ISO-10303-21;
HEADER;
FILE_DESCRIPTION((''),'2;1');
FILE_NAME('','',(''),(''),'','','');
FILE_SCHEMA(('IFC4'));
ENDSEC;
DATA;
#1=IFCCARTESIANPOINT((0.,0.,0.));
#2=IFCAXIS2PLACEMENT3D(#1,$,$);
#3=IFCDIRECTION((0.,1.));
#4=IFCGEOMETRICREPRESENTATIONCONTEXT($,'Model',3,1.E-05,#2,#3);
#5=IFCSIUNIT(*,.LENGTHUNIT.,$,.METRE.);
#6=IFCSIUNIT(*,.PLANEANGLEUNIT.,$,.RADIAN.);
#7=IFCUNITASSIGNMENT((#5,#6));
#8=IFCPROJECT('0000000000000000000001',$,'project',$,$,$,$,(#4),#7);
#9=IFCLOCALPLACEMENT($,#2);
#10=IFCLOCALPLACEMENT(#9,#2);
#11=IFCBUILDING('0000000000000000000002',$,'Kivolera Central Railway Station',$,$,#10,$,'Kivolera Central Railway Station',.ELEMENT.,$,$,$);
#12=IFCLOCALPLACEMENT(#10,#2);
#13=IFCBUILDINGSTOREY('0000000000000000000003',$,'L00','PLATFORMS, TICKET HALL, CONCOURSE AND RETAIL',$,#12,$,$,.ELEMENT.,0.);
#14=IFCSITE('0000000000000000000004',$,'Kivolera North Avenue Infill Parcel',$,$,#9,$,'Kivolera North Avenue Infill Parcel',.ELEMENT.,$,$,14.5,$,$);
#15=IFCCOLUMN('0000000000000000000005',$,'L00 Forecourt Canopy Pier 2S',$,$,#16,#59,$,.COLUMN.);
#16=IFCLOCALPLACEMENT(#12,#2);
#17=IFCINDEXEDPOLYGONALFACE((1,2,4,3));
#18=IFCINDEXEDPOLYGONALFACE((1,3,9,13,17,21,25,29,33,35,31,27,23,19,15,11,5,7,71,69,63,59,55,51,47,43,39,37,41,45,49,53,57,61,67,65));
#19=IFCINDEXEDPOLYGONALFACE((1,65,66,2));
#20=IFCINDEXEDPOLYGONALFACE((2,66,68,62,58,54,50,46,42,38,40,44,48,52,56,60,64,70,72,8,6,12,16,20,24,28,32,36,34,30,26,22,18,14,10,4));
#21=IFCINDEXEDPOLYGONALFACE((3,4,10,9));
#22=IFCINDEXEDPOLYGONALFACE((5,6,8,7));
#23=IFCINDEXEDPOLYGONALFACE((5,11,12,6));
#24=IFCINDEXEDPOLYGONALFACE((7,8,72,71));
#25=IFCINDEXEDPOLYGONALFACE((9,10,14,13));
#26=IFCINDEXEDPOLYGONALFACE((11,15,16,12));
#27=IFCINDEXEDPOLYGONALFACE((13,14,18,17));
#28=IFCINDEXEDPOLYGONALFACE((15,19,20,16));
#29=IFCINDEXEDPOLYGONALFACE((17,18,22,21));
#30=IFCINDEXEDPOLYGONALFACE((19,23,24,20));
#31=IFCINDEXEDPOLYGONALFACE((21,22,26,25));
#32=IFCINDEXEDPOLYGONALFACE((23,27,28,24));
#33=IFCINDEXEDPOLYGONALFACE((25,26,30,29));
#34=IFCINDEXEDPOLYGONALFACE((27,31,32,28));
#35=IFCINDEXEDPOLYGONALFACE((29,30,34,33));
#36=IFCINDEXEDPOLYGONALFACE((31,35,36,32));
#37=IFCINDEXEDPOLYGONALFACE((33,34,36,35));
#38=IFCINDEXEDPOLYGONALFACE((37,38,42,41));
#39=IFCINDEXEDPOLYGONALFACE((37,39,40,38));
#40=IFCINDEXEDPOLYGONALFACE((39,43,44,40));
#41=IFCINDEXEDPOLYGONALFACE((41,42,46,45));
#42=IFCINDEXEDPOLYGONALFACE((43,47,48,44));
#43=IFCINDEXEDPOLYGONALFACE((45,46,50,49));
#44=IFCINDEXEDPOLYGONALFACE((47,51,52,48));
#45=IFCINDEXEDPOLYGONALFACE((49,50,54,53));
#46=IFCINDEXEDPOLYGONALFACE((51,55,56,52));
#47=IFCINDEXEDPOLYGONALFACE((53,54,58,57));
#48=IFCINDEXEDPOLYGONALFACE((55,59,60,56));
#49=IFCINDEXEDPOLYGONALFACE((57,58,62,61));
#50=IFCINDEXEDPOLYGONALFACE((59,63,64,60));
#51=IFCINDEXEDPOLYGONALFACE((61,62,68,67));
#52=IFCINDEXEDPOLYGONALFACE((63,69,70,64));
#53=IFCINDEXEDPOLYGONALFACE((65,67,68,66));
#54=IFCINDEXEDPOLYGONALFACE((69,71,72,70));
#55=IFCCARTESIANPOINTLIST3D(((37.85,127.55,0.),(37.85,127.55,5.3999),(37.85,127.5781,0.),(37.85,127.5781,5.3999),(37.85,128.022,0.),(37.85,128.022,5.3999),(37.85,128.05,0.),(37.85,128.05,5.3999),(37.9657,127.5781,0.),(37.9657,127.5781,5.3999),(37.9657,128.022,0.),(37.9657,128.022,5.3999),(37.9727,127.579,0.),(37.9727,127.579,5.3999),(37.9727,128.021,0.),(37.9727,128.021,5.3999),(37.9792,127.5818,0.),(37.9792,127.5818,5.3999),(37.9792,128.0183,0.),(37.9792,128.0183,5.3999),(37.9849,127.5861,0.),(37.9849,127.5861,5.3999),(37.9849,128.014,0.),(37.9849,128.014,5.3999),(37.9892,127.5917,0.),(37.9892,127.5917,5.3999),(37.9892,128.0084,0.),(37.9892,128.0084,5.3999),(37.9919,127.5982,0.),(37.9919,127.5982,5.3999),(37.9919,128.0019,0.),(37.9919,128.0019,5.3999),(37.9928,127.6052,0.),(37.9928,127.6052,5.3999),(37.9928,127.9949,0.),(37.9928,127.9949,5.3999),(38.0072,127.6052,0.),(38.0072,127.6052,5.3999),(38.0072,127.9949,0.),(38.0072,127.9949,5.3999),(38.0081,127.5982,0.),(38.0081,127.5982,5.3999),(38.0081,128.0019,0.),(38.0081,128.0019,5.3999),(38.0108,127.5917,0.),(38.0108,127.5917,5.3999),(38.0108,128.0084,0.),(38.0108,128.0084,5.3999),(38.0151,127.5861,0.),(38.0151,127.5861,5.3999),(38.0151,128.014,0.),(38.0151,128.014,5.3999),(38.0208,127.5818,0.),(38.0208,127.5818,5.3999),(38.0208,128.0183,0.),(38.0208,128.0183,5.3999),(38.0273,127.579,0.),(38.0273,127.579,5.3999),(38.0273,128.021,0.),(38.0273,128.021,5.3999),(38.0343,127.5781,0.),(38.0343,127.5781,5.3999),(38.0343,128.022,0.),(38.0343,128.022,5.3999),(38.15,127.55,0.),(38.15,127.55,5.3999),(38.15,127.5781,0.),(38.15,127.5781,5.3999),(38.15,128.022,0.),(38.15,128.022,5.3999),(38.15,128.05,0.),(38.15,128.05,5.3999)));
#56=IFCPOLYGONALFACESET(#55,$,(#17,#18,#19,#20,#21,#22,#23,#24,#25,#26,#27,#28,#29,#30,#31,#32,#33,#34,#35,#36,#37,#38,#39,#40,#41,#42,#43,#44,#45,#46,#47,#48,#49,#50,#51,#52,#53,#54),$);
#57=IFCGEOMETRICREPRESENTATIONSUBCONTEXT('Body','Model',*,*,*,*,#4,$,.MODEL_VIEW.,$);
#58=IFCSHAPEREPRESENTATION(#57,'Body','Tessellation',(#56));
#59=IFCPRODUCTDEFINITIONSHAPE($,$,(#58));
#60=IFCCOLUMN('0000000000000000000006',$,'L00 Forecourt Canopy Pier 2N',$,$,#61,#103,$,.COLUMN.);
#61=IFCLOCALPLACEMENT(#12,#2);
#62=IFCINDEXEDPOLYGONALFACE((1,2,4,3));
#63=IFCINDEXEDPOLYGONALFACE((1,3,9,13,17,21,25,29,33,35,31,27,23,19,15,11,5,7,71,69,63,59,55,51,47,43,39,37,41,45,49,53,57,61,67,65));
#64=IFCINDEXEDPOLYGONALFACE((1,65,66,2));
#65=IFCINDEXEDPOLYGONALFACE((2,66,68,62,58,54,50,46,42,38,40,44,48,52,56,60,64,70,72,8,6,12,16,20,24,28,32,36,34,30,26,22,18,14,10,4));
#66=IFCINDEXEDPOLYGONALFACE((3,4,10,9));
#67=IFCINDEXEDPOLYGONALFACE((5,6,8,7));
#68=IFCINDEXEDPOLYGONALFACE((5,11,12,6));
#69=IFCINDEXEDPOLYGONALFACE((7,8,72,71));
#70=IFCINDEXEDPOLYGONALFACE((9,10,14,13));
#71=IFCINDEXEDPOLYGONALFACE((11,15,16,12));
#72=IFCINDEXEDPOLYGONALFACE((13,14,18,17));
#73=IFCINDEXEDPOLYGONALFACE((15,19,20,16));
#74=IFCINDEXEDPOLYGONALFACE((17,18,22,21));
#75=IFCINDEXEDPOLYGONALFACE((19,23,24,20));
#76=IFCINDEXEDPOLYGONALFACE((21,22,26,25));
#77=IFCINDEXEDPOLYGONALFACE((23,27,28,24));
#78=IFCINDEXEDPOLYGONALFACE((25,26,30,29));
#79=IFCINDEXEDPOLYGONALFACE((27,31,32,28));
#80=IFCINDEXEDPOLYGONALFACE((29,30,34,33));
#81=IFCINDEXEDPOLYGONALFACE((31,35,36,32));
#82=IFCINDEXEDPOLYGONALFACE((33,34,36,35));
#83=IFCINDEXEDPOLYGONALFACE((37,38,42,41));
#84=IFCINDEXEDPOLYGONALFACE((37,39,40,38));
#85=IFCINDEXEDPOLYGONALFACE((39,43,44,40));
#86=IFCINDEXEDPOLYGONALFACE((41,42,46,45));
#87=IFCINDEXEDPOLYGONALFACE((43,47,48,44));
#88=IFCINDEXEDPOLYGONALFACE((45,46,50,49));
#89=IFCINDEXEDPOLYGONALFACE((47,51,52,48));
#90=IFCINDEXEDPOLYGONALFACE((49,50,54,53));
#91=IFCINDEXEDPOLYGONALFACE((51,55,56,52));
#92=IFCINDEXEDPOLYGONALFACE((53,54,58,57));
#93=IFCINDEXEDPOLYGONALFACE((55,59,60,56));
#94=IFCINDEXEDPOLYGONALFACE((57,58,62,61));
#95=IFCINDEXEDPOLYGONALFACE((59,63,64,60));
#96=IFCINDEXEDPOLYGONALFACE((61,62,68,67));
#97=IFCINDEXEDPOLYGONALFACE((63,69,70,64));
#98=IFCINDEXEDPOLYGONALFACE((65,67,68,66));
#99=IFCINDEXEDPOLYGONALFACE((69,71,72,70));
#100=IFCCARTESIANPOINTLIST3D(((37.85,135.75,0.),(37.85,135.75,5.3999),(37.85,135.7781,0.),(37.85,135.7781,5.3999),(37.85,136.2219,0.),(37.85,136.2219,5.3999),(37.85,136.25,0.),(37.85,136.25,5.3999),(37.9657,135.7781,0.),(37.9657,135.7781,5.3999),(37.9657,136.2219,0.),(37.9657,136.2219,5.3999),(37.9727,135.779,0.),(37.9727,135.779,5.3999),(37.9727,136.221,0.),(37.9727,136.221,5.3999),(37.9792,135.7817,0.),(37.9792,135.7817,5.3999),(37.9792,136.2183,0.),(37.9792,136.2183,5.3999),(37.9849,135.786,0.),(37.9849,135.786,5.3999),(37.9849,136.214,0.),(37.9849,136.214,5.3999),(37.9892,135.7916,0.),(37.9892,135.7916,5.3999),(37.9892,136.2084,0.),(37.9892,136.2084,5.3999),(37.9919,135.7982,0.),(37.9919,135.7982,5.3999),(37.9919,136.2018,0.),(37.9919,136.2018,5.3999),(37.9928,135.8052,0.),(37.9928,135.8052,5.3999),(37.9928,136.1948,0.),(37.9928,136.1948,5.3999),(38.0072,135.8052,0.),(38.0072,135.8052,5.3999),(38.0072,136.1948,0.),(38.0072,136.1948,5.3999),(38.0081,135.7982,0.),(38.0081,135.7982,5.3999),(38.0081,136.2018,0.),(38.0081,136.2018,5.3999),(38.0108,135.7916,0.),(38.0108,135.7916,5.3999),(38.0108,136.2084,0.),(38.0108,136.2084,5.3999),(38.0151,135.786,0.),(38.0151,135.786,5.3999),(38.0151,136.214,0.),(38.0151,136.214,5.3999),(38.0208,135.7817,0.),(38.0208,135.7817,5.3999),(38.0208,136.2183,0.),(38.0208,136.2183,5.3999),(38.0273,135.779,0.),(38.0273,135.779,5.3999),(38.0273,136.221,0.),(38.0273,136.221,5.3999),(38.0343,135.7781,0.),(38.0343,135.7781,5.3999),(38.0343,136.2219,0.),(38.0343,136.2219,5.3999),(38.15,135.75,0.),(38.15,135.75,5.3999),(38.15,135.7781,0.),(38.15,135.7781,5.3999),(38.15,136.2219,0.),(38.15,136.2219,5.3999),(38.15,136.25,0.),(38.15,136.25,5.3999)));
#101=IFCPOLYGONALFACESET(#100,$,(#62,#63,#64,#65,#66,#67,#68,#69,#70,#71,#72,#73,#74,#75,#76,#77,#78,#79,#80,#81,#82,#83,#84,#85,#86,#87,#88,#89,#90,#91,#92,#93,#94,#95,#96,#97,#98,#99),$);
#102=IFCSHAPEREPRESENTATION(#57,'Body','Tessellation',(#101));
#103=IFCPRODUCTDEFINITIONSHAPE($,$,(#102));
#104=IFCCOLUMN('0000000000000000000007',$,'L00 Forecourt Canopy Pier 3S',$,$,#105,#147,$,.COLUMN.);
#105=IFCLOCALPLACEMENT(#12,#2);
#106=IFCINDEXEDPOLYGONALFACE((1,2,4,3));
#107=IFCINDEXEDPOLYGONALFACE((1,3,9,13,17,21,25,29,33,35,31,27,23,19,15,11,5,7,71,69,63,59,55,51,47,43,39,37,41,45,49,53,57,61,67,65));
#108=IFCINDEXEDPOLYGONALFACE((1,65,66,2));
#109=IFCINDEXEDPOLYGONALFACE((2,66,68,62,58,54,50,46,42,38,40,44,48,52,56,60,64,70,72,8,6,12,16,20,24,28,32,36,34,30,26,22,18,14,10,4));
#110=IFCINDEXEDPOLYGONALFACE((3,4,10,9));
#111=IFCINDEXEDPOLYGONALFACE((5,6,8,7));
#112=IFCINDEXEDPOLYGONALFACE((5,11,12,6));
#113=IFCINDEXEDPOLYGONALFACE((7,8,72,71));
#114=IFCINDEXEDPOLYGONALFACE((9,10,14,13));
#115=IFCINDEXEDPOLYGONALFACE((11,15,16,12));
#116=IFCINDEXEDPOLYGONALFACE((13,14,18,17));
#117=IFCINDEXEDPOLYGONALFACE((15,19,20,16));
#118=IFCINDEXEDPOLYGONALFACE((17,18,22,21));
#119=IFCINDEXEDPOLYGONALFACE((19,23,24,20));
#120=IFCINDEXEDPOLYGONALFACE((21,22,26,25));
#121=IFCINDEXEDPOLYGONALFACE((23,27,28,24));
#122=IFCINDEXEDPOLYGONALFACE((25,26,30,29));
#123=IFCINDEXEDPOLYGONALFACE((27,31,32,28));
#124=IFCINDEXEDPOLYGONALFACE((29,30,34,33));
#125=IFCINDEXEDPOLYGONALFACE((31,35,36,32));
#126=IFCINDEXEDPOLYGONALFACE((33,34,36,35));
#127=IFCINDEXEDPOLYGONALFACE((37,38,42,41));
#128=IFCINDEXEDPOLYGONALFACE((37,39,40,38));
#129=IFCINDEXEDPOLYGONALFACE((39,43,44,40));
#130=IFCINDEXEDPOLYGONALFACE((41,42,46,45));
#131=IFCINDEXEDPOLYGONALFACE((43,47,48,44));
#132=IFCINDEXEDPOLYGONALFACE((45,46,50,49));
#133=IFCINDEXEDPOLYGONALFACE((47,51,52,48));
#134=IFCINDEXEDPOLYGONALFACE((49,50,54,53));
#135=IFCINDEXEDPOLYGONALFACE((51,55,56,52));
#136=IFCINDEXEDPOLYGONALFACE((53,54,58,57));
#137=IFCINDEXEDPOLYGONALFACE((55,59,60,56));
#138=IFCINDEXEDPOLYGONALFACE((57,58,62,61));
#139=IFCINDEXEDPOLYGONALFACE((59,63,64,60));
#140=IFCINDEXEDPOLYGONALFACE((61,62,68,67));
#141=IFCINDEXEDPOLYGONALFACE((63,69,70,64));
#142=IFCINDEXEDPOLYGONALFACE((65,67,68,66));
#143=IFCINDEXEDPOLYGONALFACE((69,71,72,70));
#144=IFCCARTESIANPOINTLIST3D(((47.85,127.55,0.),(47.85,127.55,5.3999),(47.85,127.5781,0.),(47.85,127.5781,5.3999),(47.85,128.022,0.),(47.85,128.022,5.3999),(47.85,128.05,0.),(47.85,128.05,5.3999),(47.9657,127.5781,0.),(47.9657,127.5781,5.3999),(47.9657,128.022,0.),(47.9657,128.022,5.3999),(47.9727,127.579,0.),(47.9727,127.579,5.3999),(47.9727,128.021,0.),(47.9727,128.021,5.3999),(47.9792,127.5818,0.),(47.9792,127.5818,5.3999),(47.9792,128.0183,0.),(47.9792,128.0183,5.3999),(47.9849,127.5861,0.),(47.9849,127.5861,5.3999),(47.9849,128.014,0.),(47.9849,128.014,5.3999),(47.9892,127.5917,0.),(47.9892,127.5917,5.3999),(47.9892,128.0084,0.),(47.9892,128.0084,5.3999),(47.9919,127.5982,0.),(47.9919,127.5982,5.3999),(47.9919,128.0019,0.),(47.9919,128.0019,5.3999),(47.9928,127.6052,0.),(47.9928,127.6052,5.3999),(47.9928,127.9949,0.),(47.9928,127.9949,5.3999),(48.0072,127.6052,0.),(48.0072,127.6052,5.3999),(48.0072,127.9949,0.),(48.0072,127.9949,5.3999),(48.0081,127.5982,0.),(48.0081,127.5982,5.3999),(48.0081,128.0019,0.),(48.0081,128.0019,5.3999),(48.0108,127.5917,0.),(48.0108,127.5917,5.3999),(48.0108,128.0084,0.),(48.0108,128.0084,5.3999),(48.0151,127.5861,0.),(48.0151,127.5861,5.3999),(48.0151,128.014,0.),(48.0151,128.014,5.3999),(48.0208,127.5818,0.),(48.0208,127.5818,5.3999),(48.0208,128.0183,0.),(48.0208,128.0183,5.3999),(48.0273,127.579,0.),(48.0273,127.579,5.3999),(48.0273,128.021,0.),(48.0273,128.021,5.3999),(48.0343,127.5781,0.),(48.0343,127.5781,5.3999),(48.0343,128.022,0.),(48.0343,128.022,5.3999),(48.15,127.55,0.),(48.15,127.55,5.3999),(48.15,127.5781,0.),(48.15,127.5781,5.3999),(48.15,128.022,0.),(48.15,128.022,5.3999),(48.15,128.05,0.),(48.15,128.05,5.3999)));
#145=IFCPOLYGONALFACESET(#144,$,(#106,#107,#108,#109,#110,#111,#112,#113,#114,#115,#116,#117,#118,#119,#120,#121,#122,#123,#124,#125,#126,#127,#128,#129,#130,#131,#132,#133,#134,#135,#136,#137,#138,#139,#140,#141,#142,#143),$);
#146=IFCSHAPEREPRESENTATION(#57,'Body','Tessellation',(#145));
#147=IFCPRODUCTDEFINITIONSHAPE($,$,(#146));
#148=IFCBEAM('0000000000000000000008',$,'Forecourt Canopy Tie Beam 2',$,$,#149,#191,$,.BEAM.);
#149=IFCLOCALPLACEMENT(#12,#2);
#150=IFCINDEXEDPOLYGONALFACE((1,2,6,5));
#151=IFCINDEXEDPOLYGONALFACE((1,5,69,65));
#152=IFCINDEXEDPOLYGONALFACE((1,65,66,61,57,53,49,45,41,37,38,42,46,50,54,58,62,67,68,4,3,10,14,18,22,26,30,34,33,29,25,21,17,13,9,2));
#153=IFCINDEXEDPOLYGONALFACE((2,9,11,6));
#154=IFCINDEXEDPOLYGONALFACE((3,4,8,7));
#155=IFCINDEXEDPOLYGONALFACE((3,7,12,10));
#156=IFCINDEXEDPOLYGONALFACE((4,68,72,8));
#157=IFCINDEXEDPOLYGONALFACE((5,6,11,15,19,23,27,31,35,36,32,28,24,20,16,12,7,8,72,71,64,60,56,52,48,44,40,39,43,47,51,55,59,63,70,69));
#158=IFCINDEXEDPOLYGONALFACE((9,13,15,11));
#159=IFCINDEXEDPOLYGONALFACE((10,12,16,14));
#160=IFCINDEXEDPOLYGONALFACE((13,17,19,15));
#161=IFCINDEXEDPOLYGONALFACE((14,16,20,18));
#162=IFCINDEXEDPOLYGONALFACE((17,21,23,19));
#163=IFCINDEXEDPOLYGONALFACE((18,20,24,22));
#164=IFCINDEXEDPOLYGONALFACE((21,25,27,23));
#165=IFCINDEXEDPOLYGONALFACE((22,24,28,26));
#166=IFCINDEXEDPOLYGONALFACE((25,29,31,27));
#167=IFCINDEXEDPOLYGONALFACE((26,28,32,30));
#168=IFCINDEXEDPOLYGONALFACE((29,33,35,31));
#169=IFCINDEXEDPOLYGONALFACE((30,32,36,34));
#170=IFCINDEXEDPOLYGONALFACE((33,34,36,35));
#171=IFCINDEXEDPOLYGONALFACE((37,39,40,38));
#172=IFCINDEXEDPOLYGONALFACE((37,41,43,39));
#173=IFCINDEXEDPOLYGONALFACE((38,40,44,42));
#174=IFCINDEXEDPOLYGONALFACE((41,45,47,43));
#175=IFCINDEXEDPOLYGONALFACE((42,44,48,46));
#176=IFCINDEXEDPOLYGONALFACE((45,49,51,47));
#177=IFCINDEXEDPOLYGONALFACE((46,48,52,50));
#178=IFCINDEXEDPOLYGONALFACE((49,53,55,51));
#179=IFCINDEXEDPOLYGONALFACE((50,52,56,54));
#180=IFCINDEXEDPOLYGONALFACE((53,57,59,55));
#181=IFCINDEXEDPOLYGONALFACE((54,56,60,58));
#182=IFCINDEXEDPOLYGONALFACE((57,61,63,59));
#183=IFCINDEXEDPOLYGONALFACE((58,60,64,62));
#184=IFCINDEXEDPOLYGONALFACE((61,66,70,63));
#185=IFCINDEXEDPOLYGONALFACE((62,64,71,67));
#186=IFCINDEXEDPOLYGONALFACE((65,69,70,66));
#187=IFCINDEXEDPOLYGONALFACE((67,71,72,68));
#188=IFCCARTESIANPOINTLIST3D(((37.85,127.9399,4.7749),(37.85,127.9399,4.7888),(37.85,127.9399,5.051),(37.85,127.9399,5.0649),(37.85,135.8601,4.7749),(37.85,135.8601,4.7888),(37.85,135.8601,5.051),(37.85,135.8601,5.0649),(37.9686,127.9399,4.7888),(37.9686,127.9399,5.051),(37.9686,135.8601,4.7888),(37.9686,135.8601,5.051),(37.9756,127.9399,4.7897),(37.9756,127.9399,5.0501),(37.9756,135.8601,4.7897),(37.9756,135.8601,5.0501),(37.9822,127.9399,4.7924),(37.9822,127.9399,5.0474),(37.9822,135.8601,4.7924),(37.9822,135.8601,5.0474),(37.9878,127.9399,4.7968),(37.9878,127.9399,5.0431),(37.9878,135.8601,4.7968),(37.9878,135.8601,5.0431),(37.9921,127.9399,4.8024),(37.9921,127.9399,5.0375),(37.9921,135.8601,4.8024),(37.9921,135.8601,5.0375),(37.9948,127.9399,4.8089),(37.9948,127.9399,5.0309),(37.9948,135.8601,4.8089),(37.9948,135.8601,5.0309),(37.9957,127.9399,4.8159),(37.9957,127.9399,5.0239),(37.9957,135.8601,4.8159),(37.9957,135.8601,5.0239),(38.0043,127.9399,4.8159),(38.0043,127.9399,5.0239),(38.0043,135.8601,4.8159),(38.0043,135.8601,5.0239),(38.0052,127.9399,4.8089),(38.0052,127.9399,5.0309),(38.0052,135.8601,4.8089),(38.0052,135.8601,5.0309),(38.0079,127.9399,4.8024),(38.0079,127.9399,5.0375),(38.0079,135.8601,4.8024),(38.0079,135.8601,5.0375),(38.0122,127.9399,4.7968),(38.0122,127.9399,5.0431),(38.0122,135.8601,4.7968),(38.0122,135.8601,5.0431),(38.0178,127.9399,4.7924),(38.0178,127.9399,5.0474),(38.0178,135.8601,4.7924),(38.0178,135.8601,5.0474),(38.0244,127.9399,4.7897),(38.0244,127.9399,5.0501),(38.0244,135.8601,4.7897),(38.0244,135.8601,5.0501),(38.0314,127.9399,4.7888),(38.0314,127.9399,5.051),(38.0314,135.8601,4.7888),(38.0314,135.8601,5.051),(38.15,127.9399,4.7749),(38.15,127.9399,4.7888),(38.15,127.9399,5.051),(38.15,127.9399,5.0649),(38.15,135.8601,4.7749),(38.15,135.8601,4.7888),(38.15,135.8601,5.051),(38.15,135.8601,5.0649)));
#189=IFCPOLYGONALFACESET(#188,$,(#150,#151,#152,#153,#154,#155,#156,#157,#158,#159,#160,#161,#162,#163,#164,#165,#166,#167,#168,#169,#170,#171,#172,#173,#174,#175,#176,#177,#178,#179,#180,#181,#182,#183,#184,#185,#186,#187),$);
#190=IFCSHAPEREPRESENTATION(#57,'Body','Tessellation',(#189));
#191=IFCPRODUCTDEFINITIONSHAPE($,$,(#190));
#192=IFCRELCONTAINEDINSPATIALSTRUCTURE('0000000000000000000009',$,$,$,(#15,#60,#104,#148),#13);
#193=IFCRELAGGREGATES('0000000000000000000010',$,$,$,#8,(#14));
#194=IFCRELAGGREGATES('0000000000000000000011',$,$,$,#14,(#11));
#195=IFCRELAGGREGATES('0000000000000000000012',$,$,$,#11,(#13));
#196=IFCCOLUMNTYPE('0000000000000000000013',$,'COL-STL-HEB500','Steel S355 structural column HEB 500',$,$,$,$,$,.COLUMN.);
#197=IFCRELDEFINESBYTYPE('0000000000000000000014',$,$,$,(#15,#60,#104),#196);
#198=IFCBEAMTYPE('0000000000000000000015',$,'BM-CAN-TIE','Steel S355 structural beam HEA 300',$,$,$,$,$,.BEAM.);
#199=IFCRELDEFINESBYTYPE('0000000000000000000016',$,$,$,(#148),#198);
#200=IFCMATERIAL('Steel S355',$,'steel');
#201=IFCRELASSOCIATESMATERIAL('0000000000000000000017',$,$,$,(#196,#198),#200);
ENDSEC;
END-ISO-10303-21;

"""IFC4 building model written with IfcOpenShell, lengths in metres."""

from ifc_helpers import new_model, si_unit, direction, frame, origin, origin_2d, place, context, subcontext, project, spatial, i_section, extrude, material, material_profile, profile_set, type_object, element, save


model = new_model("IFC4")

# Units and contexts
model_context = context("Model", 3, precision=1e-05, world=origin(), true_north=direction((0.0, 1.0)))
body_context = subcontext(model_context, "Body", "Model", "MODEL_VIEW")
ifc_project = project(units=[si_unit("LENGTHUNIT", "METRE"), si_unit("PLANEANGLEUNIT", "RADIAN")], contexts=[model_context])

# Site, building, storey
site_placement = place(None, origin())
site = spatial("IfcSite", under=ifc_project, at=site_placement, Name="Kivolera North Avenue Infill Parcel", LongName="Kivolera North Avenue Infill Parcel", CompositionType="ELEMENT", RefElevation=14.5)
building_placement = place(site_placement, origin())
building = spatial("IfcBuilding", under=site, at=building_placement, Name="Kivolera Central Railway Station", LongName="Kivolera Central Railway Station", CompositionType="ELEMENT")
storey_placement = place(building_placement, origin())
storey = spatial("IfcBuildingStorey", under=building, at=storey_placement, Name="L00", Description="PLATFORMS, TICKET HALL, CONCOURSE AND RETAIL", CompositionType="ELEMENT", Elevation=0.0)

# Columns
ifc_material_1 = material(Name="Steel S355", Category="steel")
ifc_material_profile_1 = material_profile(ifc_material_1, i_section(OverallWidth=0.3, OverallDepth=0.5, WebThickness=0.0144, FlangeThickness=0.0281, FilletRadius=0.0271, at=origin_2d()), Name="HEB 500")
ifc_profile_set_1 = profile_set([ifc_material_profile_1], Name="Steel S355")
column_type_1 = type_object("IfcColumnType", Name="COL-STL-HEB500", Description="Steel S355 structural column HEB 500", PredefinedType="COLUMN", material=ifc_profile_set_1)
for number, where, z_axis, x_axis, name in (
    (1, (38.0, 127.8, 0.0), (0.0, 0.0, 1.0), (1.0, 0.0, 0.0), "L00 Forecourt Canopy Pier 2S"),
    (2, (38.0, 136.0, 0.0), (0.0, 0.0, 1.0), (1.0, 0.0, 0.0), "L00 Forecourt Canopy Pier 2N"),
    (3, (48.0, 127.8, 0.0), (0.0, 0.0, 1.0), (1.0, 0.0, 0.0), "L00 Forecourt Canopy Pier 3S"),
):
    element("IfcColumn", number, at=place(storey_placement, frame(where, z_axis=z_axis, x_axis=x_axis)), inside=storey, type_object=column_type_1, Name=name, PredefinedType="COLUMN", context=body_context, shape_type="SweptSolid", body=[
        extrude(i_section(OverallWidth=0.3, OverallDepth=0.5, WebThickness=0.0144, FlangeThickness=0.0281, FilletRadius=0.0271, at=origin_2d()), origin(), (0.0, 0.0, 1.0), 5.3999),
    ])

# Beam
ifc_material_profile_2 = material_profile(ifc_material_1, i_section(OverallWidth=0.3, OverallDepth=0.29, WebThickness=0.0085, FlangeThickness=0.0139, FilletRadius=0.0271, at=origin_2d()), Name="HEA 300")
ifc_profile_set_2 = profile_set([ifc_material_profile_2], Name="Steel S355")
beam_type_1 = type_object("IfcBeamType", Name="BM-CAN-TIE", Description="Steel S355 structural beam HEA 300", PredefinedType="BEAM", material=ifc_profile_set_2)
beam_1_placement = place(storey_placement, frame((38.0, 127.9399, 4.9199), z_axis=(0.0, 1.0, 0.0), x_axis=(-1.0, 0.0, 0.0)))
element("IfcBeam", 4, at=beam_1_placement, inside=storey, type_object=beam_type_1, Name="Forecourt Canopy Tie Beam 2", PredefinedType="BEAM", context=body_context, shape_type="SweptSolid", body=[
    extrude(i_section(OverallWidth=0.3, OverallDepth=0.29, WebThickness=0.0085, FlangeThickness=0.0139, FilletRadius=0.0271, at=origin_2d()), origin(), (0.0, 0.0, 1.0), 7.9202),
])

save(model, "model.ifc")
